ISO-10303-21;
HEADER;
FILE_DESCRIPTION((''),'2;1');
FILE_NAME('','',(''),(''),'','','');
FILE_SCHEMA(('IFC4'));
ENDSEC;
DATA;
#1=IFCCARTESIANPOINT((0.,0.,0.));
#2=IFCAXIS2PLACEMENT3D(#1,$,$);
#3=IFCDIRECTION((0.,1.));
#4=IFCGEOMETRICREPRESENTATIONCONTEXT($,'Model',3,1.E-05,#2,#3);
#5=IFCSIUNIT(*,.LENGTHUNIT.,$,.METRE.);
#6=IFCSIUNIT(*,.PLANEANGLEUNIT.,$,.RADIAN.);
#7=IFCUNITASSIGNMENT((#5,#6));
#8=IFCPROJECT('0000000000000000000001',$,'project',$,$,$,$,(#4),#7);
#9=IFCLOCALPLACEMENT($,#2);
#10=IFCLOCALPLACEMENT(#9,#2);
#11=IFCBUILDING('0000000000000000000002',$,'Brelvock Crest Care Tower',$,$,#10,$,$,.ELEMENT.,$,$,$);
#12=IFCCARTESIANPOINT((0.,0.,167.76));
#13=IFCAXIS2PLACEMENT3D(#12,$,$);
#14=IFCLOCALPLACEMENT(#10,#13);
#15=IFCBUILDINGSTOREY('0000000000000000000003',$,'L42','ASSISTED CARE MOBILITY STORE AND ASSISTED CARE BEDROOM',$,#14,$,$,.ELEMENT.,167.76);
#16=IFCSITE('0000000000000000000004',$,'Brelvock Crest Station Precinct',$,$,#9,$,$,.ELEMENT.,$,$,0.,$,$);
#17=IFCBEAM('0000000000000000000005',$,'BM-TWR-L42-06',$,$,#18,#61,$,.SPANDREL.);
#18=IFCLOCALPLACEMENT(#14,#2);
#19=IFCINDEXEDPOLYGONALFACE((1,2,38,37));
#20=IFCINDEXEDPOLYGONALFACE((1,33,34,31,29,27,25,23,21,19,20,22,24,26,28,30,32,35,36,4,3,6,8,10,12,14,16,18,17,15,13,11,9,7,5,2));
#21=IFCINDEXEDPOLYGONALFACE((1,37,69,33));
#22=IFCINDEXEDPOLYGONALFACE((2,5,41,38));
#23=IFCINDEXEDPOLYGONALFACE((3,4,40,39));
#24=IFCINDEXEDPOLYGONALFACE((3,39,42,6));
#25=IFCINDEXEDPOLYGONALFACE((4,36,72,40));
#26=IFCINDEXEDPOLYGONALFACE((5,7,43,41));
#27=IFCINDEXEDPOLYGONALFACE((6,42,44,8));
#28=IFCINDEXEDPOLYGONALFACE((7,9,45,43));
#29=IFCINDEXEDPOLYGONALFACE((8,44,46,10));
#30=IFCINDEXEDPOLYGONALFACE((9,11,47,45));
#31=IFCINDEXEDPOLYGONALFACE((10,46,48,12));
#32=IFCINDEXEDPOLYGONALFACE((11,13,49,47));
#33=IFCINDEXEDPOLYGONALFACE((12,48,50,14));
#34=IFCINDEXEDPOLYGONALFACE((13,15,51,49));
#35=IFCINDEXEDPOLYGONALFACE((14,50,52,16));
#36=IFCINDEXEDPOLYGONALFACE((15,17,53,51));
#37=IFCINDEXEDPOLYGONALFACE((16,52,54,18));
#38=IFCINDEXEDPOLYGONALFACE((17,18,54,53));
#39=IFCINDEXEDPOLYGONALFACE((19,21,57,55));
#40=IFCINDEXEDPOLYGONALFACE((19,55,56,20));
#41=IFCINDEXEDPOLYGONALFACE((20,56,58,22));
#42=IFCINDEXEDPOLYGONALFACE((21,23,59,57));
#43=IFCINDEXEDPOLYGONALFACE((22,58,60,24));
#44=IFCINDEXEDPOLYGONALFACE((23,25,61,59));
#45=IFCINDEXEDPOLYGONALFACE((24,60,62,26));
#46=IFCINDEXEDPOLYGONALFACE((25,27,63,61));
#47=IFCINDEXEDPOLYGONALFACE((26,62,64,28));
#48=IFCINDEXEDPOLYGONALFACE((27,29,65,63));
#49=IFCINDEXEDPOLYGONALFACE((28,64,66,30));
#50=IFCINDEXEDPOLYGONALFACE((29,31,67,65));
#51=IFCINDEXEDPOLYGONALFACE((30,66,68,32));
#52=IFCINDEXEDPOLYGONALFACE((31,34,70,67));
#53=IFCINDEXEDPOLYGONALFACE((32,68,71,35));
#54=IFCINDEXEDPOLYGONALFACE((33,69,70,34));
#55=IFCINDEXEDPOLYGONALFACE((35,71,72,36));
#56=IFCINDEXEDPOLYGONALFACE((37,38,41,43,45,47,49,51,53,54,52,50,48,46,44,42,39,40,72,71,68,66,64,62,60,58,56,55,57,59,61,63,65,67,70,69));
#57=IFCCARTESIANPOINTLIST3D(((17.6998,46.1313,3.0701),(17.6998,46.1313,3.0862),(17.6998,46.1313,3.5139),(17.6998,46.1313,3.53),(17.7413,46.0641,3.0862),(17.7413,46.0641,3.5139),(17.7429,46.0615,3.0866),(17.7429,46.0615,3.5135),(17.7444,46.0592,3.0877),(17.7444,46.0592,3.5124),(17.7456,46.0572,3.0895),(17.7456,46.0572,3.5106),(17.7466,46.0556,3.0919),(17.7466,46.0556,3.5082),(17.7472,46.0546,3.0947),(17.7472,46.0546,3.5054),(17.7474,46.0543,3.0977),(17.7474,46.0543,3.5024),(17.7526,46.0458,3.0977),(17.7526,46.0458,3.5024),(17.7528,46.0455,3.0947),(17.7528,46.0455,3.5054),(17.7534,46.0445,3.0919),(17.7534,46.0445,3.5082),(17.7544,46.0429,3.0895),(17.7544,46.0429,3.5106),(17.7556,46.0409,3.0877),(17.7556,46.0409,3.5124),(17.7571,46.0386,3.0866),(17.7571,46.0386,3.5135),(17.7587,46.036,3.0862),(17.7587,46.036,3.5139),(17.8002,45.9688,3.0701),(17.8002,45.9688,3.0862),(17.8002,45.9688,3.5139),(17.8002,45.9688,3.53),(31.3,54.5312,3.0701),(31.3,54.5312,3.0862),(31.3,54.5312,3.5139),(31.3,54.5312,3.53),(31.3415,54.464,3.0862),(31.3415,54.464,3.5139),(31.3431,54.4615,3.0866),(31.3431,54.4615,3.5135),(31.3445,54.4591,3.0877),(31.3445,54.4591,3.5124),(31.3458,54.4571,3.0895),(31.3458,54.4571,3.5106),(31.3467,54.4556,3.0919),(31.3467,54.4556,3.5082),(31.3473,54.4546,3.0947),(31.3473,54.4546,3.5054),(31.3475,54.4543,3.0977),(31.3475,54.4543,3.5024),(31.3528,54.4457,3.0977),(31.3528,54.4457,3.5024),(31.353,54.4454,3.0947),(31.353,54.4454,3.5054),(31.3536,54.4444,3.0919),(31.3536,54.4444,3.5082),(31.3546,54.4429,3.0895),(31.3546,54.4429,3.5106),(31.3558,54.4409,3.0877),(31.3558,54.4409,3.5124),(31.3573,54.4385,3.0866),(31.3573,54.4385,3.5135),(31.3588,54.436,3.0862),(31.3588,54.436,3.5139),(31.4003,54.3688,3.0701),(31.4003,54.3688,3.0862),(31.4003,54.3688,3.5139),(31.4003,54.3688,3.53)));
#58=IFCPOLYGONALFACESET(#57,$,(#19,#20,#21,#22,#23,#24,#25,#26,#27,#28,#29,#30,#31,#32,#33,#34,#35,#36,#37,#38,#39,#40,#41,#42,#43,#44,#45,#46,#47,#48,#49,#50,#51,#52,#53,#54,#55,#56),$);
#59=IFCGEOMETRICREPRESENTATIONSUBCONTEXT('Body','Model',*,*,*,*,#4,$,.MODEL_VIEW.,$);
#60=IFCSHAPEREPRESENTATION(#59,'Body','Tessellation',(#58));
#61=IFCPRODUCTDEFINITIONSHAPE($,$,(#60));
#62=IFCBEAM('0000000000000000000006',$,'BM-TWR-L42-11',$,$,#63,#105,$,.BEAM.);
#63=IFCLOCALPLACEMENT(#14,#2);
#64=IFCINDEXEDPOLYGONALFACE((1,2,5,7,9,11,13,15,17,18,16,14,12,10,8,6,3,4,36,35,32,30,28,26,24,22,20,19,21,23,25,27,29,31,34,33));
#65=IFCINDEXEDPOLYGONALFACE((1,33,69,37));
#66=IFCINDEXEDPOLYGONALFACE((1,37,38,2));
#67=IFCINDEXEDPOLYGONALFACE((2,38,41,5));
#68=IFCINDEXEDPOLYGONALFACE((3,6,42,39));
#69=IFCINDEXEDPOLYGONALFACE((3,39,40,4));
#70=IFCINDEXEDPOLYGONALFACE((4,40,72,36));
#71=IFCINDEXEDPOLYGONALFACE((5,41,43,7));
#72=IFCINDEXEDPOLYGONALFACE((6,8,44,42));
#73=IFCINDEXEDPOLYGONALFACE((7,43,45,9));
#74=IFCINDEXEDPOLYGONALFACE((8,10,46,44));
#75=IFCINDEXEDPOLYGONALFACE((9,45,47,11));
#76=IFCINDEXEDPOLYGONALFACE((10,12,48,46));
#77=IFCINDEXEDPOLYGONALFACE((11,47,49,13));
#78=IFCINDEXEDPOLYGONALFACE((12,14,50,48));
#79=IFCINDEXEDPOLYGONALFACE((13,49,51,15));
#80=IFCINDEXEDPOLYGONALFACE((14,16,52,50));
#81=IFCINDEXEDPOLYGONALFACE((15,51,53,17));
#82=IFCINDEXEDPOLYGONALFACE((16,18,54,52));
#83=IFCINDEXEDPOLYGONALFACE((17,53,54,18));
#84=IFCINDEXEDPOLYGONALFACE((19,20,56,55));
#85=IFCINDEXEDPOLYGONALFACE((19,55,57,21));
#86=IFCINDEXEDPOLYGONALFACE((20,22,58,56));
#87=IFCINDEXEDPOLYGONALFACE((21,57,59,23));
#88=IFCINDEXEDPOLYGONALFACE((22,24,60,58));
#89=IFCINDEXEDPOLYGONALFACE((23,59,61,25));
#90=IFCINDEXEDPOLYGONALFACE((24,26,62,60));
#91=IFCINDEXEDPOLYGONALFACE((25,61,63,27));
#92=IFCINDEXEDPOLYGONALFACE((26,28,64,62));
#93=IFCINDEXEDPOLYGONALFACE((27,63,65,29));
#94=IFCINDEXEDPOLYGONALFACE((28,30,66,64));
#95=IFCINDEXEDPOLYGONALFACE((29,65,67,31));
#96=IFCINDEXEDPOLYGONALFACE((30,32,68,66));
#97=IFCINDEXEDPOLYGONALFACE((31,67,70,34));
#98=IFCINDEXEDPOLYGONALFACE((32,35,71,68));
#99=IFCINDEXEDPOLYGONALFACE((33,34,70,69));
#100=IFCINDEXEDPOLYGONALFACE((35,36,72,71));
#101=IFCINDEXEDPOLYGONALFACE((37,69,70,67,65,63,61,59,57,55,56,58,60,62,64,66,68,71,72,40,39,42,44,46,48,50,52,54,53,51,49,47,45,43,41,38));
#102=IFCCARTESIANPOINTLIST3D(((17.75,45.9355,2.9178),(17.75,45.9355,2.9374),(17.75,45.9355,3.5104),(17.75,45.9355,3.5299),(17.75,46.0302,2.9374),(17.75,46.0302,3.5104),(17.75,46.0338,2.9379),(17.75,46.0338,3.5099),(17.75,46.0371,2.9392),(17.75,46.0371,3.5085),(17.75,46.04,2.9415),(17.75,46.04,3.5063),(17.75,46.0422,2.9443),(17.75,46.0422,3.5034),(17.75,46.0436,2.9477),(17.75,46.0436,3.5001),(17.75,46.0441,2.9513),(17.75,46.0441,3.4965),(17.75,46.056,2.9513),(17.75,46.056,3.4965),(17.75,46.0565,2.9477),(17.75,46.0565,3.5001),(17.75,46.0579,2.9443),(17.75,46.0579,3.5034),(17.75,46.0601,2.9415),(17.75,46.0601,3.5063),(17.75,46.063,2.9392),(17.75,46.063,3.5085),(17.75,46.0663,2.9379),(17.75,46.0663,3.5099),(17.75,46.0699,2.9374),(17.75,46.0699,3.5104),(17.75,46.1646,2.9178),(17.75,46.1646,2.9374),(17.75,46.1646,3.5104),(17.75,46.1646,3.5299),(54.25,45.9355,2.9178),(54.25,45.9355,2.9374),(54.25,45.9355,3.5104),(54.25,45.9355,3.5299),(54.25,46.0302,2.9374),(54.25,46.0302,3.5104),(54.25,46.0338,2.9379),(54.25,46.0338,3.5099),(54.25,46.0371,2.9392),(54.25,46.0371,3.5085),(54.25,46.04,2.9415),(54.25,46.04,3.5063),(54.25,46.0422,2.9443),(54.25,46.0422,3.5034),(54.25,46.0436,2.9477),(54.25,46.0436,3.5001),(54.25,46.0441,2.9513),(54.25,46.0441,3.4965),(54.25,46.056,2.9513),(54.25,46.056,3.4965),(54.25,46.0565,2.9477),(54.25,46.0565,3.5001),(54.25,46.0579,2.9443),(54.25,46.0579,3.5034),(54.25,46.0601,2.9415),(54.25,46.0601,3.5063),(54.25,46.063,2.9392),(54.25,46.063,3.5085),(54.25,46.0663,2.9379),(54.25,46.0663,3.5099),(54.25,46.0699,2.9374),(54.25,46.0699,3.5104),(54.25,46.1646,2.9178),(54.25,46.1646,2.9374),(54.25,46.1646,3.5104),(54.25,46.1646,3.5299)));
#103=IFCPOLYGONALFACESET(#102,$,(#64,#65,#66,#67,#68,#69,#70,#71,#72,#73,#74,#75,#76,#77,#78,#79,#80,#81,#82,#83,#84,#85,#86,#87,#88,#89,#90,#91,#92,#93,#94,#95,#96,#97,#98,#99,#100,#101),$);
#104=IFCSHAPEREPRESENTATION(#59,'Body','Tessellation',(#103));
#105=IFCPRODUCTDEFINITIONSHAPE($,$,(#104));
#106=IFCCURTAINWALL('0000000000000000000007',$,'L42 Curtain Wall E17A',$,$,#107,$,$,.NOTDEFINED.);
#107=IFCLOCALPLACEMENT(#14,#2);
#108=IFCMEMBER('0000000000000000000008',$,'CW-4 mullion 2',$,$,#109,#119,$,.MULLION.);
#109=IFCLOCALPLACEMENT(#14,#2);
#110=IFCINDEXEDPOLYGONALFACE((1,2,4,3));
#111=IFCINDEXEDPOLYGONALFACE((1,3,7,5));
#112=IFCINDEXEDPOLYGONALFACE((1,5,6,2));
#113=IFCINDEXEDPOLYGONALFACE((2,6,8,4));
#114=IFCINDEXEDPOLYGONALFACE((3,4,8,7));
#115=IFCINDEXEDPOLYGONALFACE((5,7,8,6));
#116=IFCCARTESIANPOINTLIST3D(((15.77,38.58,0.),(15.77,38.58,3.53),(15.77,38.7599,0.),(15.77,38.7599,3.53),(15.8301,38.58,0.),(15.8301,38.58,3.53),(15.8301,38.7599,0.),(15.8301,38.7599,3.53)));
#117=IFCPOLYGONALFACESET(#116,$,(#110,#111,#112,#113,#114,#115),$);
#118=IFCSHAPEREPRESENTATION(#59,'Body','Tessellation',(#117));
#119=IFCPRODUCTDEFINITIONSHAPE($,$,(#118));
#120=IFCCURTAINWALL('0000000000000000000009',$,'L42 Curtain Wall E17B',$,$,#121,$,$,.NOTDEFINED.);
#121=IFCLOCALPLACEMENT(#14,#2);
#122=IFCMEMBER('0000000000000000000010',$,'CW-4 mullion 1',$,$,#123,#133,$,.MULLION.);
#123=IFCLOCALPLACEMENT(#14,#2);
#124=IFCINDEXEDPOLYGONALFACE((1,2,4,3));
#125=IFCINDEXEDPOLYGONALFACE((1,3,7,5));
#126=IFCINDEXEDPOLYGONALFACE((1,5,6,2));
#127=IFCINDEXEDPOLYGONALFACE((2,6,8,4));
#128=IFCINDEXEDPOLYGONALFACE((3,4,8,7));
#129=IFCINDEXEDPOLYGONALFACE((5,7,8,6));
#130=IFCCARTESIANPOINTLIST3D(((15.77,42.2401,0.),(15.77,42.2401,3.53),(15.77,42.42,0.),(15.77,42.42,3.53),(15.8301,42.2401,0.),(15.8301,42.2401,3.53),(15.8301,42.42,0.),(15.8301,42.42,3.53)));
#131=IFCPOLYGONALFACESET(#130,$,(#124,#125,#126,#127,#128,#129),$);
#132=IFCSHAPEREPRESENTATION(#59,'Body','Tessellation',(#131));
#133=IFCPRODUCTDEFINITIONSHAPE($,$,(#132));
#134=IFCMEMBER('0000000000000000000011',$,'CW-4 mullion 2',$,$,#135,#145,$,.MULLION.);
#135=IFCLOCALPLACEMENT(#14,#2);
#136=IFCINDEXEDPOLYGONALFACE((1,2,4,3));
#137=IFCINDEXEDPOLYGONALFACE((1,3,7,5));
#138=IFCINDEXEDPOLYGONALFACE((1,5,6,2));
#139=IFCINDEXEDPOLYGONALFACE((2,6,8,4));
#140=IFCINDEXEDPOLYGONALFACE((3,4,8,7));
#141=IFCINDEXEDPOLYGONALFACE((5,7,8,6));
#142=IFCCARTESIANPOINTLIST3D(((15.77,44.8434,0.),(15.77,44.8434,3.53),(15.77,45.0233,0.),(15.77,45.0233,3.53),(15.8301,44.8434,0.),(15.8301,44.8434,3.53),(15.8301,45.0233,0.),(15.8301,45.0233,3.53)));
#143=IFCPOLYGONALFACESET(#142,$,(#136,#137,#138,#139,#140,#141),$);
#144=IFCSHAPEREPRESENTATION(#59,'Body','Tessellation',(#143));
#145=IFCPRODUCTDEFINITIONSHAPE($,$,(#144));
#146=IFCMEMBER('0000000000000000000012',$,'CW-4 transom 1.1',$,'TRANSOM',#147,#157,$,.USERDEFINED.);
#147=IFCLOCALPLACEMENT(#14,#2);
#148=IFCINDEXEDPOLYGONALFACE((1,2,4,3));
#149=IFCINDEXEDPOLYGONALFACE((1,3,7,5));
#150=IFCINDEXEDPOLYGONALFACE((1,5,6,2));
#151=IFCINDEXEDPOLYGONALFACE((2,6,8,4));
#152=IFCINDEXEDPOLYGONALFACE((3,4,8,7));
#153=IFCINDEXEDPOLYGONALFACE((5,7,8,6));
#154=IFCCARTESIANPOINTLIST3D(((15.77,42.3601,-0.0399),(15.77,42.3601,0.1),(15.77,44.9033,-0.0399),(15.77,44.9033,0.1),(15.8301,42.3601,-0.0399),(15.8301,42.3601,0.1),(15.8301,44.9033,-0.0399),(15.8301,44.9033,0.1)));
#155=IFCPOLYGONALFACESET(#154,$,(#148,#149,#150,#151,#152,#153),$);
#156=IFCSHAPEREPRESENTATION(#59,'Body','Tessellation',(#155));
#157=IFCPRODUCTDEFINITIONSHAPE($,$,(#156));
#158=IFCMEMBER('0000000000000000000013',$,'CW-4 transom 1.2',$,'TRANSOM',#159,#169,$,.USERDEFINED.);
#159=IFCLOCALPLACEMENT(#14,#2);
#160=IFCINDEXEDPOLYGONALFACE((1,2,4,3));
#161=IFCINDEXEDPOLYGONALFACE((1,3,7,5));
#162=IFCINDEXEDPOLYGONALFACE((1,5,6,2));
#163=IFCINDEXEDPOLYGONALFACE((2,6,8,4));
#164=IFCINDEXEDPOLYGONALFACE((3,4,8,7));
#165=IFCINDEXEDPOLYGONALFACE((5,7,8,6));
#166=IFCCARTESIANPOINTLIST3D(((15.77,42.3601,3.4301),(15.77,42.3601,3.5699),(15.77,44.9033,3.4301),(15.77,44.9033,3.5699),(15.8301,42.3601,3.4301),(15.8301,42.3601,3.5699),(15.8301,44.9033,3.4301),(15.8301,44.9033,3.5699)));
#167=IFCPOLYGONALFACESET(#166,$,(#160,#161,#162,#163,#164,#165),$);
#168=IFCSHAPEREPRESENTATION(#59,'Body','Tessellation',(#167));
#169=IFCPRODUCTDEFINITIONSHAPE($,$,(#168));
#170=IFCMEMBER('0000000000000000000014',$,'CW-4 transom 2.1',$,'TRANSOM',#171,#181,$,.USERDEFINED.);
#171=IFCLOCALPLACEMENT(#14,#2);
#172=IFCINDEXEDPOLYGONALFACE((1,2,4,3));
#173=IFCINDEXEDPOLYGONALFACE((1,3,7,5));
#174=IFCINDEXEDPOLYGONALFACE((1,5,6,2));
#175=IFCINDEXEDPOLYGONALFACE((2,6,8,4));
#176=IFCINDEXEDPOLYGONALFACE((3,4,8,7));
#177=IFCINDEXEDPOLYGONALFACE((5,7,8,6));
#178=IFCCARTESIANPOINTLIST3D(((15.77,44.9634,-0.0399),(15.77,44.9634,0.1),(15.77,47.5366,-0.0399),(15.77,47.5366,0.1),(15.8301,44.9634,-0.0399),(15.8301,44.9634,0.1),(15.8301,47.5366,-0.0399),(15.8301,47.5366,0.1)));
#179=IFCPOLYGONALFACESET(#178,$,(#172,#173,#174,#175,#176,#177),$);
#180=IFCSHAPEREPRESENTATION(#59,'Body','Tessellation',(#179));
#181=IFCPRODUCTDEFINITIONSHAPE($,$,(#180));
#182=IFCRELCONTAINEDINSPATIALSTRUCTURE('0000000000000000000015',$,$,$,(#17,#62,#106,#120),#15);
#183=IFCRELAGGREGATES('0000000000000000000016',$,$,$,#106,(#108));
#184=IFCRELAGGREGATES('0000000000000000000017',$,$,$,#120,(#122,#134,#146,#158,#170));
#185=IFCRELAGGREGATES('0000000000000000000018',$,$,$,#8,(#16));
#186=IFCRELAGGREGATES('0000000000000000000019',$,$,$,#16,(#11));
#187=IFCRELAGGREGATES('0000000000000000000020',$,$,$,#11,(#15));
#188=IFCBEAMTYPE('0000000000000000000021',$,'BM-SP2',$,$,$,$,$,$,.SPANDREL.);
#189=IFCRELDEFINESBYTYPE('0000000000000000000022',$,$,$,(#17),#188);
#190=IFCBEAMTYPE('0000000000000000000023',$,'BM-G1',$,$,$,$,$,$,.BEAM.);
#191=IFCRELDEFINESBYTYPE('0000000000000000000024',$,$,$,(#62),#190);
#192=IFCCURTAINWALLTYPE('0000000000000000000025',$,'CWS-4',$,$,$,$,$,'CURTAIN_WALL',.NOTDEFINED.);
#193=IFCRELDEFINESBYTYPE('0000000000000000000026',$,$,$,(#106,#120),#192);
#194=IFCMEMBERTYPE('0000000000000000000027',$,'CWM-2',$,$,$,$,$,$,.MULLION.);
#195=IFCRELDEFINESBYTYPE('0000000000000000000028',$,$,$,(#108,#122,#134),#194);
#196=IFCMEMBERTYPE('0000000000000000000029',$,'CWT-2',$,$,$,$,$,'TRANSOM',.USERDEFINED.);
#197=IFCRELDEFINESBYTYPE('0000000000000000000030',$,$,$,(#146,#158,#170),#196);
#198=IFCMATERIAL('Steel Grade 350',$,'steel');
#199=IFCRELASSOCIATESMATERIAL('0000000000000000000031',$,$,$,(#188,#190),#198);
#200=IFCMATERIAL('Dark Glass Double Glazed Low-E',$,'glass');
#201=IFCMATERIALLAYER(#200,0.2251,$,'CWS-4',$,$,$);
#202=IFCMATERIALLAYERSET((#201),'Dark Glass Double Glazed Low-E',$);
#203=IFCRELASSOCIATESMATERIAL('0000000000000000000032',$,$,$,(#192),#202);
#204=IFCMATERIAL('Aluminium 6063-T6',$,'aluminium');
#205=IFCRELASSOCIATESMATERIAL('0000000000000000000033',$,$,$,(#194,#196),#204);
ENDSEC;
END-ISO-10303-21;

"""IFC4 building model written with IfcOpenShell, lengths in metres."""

from ifc_helpers import new_model, si_unit, direction, frame, origin, origin_2d, place, context, subcontext, project, spatial, rectangle, i_section, extrude, source, transform, mapped, material, layer, layer_set, material_profile, profile_set, type_object, element, aggregate, save


model = new_model("IFC4")

# Units and contexts
model_context = context("Model", 3, precision=1e-05, world=origin(), true_north=direction((0.0, 1.0)))
body_context = subcontext(model_context, "Body", "Model", "MODEL_VIEW")
ifc_project = project(units=[si_unit("LENGTHUNIT", "METRE"), si_unit("PLANEANGLEUNIT", "RADIAN")], contexts=[model_context])

# Site, building, storey
site_placement = place(None, origin())
site = spatial("IfcSite", under=ifc_project, at=site_placement, Name="Brelvock Crest Station Precinct", CompositionType="ELEMENT", RefElevation=0.0)
building_placement = place(site_placement, origin())
building = spatial("IfcBuilding", under=site, at=building_placement, Name="Brelvock Crest Care Tower", CompositionType="ELEMENT")
storey_placement = place(building_placement, frame((0.0, 0.0, 167.76)))
storey = spatial("IfcBuildingStorey", under=building, at=storey_placement, Name="L42", Description="ASSISTED CARE MOBILITY STORE AND ASSISTED CARE BEDROOM", CompositionType="ELEMENT", Elevation=167.76)

# Shared definitions
ifc_material_1 = material(Name="Steel Grade 350", Category="steel")

# Beams
ifc_material_profile_1 = material_profile(ifc_material_1, i_section(OverallWidth=0.1909, OverallDepth=0.46, WebThickness=0.01, FlangeThickness=0.0161, FilletRadius=0.0115, at=origin_2d()), Name="460UB82.1")
ifc_profile_set_1 = profile_set([ifc_material_profile_1], Name="Steel Grade 350")
beam_type_1 = type_object("IfcBeamType", Name="BM-SP2", PredefinedType="SPANDREL", material=ifc_profile_set_1)
shared_shape_1 = source(origin(), body_context, "Body", "SweptSolid", [
    extrude(i_section(OverallWidth=0.1909, OverallDepth=0.46, WebThickness=0.01, FlangeThickness=0.0161, FilletRadius=0.0115, at=origin_2d()), origin(), (0.0, 0.0, 1.0), 15.9851),
])
beam_1_placement = place(storey_placement, frame((17.75, 46.05, 3.3), z_axis=(0.850802, 0.525486, 0.0), x_axis=(-0.525486, 0.850802, 0.0)))
element("IfcBeam", 1, at=beam_1_placement, inside=storey, type_object=beam_type_1, Name="BM-TWR-L42-06", PredefinedType="SPANDREL", context=body_context, shape_type="MappedRepresentation", body=[
    mapped(shared_shape_1, transform((0.0, 0.0, 0.0), x_axis=(1.0, 0.0, 0.0), y_axis=(0.0, 1.0, 0.0), z_axis=(0.0, 0.0, 1.0), scale=1.0)),
])
ifc_material_profile_2 = material_profile(ifc_material_1, i_section(OverallWidth=0.229, OverallDepth=0.6121, WebThickness=0.012, FlangeThickness=0.0195, FilletRadius=0.0139, at=origin_2d()), Name="610UB125")
ifc_profile_set_2 = profile_set([ifc_material_profile_2], Name="Steel Grade 350")
beam_type_2 = type_object("IfcBeamType", Name="BM-G1", PredefinedType="BEAM", material=ifc_profile_set_2)
shared_shape_2 = source(origin(), body_context, "Body", "SweptSolid", [
    extrude(i_section(OverallWidth=0.229, OverallDepth=0.6121, WebThickness=0.012, FlangeThickness=0.0195, FilletRadius=0.0139, at=origin_2d()), origin(), (0.0, 0.0, 1.0), 36.5),
])
beam_2_placement = place(storey_placement, frame((17.75, 46.05, 3.2239), z_axis=(1.0, 0.0, 0.0), x_axis=(0.0, 1.0, 0.0)))
element("IfcBeam", 2, at=beam_2_placement, inside=storey, type_object=beam_type_2, Name="BM-TWR-L42-11", PredefinedType="BEAM", context=body_context, shape_type="MappedRepresentation", body=[
    mapped(shared_shape_2, transform((0.0, 0.0, 0.0), x_axis=(1.0, 0.0, 0.0), y_axis=(0.0, 1.0, 0.0), z_axis=(0.0, 0.0, 1.0), scale=1.0)),
])

# Curtain wall, member
ifc_material_2 = material(Name="Dark Glass Double Glazed Low-E", Category="glass")
ifc_layer_1 = layer(ifc_material_2, 0.2251, Name="CWS-4")
ifc_layer_set_1 = layer_set([ifc_layer_1], Name="Dark Glass Double Glazed Low-E")
curtain_wall_type = type_object("IfcCurtainWallType", Name="CWS-4", ElementType="CURTAIN_WALL", PredefinedType="NOTDEFINED", material=ifc_layer_set_1)
curtain_wall_1_placement = place(storey_placement, origin())
curtain_wall_1 = element("IfcCurtainWall", 3, at=curtain_wall_1_placement, inside=storey, type_object=curtain_wall_type, Name="L42 Curtain Wall E17A", PredefinedType="NOTDEFINED")
ifc_material_3 = material(Name="Aluminium 6063-T6", Category="aluminium")
ifc_material_profile_3 = material_profile(ifc_material_3, rectangle(XDim=0.0601, YDim=0.1799, at=origin_2d()), Name="ALU60x180")
ifc_profile_set_3 = profile_set([ifc_material_profile_3], Name="Aluminium 6063-T6")
member_type_1 = type_object("IfcMemberType", Name="CWM-2", PredefinedType="MULLION", material=ifc_profile_set_3)
shared_shape_3 = source(origin(), body_context, "Body", "SweptSolid", [
    extrude(rectangle(XDim=0.0601, YDim=0.1799, at=origin_2d()), origin(), (0.0, 0.0, 1.0), 3.53),
])
member_1_placement = place(storey_placement, frame((15.8, 38.6699, 0.0), z_axis=(0.0, 0.0, 1.0), x_axis=(-1.0, 0.0, 0.0)))
member_1 = element("IfcMember", 4, at=member_1_placement, type_object=member_type_1, Name="CW-4 mullion 2", PredefinedType="MULLION", context=body_context, shape_type="MappedRepresentation", body=[
    mapped(shared_shape_3, transform((0.0, 0.0, 0.0), x_axis=(1.0, 0.0, 0.0), y_axis=(0.0, 1.0, 0.0), z_axis=(0.0, 0.0, 1.0), scale=1.0)),
])

# Curtain wall, members
curtain_wall_2_placement = place(storey_placement, origin())
curtain_wall_2 = element("IfcCurtainWall", 5, at=curtain_wall_2_placement, inside=storey, type_object=curtain_wall_type, Name="L42 Curtain Wall E17B", PredefinedType="NOTDEFINED")
member_2_placement = place(storey_placement, frame((15.8, 42.3301, 0.0), z_axis=(0.0, 0.0, 1.0), x_axis=(-1.0, 0.0, 0.0)))
member_2 = element("IfcMember", 6, at=member_2_placement, type_object=member_type_1, Name="CW-4 mullion 1", PredefinedType="MULLION", context=body_context, shape_type="MappedRepresentation", body=[
    mapped(shared_shape_3, transform((0.0, 0.0, 0.0), x_axis=(1.0, 0.0, 0.0), y_axis=(0.0, 1.0, 0.0), z_axis=(0.0, 0.0, 1.0), scale=1.0)),
])
member_3_placement = place(storey_placement, frame((15.8, 44.9333, 0.0), z_axis=(0.0, 0.0, 1.0), x_axis=(-1.0, 0.0, 0.0)))
member_3 = element("IfcMember", 7, at=member_3_placement, type_object=member_type_1, Name="CW-4 mullion 2", PredefinedType="MULLION", context=body_context, shape_type="MappedRepresentation", body=[
    mapped(shared_shape_3, transform((0.0, 0.0, 0.0), x_axis=(1.0, 0.0, 0.0), y_axis=(0.0, 1.0, 0.0), z_axis=(0.0, 0.0, 1.0), scale=1.0)),
])
ifc_material_profile_4 = material_profile(ifc_material_3, rectangle(XDim=0.0601, YDim=0.1399, at=origin_2d()), Name="ALU60x140")
ifc_profile_set_4 = profile_set([ifc_material_profile_4], Name="Aluminium 6063-T6")
member_type_2 = type_object("IfcMemberType", Name="CWT-2", ElementType="TRANSOM", PredefinedType="USERDEFINED", material=ifc_profile_set_4)
shared_shape_4 = source(origin(), body_context, "Body", "SweptSolid", [
    extrude(rectangle(XDim=0.0601, YDim=0.1399, at=origin_2d()), origin(), (0.0, 0.0, 1.0), 2.5432),
])
member_4_placement = place(storey_placement, frame((15.8, 42.3601, 0.03), z_axis=(0.0, 1.0, 0.0), x_axis=(-1.0, 0.0, 0.0)))
member_4 = element("IfcMember", 8, at=member_4_placement, type_object=member_type_2, Name="CW-4 transom 1.1", ObjectType="TRANSOM", PredefinedType="USERDEFINED", context=body_context, shape_type="MappedRepresentation", body=[
    mapped(shared_shape_4, transform((0.0, 0.0, 0.0), x_axis=(1.0, 0.0, 0.0), y_axis=(0.0, 1.0, 0.0), z_axis=(0.0, 0.0, 1.0), scale=1.0)),
])
member_5_placement = place(storey_placement, frame((15.8, 42.3601, 3.5), z_axis=(0.0, 1.0, 0.0), x_axis=(-1.0, 0.0, 0.0)))
member_5 = element("IfcMember", 9, at=member_5_placement, type_object=member_type_2, Name="CW-4 transom 1.2", ObjectType="TRANSOM", PredefinedType="USERDEFINED", context=body_context, shape_type="MappedRepresentation", body=[
    mapped(shared_shape_4, transform((0.0, 0.0, 0.0), x_axis=(1.0, 0.0, 0.0), y_axis=(0.0, 1.0, 0.0), z_axis=(0.0, 0.0, 1.0), scale=1.0)),
])
shared_shape_5 = source(origin(), body_context, "Body", "SweptSolid", [
    extrude(rectangle(XDim=0.0601, YDim=0.1399, at=origin_2d()), origin(), (0.0, 0.0, 1.0), 2.5732),
])
member_6_placement = place(storey_placement, frame((15.8, 44.9634, 0.03), z_axis=(0.0, 1.0, 0.0), x_axis=(-1.0, 0.0, 0.0)))
member_6 = element("IfcMember", 10, at=member_6_placement, type_object=member_type_2, Name="CW-4 transom 2.1", ObjectType="TRANSOM", PredefinedType="USERDEFINED", context=body_context, shape_type="MappedRepresentation", body=[
    mapped(shared_shape_5, transform((0.0, 0.0, 0.0), x_axis=(1.0, 0.0, 0.0), y_axis=(0.0, 1.0, 0.0), z_axis=(0.0, 0.0, 1.0), scale=1.0)),
])

aggregate(curtain_wall_1, [member_1])
aggregate(curtain_wall_2, [member_2, member_3, member_4, member_5, member_6])

save(model, "model.ifc")
